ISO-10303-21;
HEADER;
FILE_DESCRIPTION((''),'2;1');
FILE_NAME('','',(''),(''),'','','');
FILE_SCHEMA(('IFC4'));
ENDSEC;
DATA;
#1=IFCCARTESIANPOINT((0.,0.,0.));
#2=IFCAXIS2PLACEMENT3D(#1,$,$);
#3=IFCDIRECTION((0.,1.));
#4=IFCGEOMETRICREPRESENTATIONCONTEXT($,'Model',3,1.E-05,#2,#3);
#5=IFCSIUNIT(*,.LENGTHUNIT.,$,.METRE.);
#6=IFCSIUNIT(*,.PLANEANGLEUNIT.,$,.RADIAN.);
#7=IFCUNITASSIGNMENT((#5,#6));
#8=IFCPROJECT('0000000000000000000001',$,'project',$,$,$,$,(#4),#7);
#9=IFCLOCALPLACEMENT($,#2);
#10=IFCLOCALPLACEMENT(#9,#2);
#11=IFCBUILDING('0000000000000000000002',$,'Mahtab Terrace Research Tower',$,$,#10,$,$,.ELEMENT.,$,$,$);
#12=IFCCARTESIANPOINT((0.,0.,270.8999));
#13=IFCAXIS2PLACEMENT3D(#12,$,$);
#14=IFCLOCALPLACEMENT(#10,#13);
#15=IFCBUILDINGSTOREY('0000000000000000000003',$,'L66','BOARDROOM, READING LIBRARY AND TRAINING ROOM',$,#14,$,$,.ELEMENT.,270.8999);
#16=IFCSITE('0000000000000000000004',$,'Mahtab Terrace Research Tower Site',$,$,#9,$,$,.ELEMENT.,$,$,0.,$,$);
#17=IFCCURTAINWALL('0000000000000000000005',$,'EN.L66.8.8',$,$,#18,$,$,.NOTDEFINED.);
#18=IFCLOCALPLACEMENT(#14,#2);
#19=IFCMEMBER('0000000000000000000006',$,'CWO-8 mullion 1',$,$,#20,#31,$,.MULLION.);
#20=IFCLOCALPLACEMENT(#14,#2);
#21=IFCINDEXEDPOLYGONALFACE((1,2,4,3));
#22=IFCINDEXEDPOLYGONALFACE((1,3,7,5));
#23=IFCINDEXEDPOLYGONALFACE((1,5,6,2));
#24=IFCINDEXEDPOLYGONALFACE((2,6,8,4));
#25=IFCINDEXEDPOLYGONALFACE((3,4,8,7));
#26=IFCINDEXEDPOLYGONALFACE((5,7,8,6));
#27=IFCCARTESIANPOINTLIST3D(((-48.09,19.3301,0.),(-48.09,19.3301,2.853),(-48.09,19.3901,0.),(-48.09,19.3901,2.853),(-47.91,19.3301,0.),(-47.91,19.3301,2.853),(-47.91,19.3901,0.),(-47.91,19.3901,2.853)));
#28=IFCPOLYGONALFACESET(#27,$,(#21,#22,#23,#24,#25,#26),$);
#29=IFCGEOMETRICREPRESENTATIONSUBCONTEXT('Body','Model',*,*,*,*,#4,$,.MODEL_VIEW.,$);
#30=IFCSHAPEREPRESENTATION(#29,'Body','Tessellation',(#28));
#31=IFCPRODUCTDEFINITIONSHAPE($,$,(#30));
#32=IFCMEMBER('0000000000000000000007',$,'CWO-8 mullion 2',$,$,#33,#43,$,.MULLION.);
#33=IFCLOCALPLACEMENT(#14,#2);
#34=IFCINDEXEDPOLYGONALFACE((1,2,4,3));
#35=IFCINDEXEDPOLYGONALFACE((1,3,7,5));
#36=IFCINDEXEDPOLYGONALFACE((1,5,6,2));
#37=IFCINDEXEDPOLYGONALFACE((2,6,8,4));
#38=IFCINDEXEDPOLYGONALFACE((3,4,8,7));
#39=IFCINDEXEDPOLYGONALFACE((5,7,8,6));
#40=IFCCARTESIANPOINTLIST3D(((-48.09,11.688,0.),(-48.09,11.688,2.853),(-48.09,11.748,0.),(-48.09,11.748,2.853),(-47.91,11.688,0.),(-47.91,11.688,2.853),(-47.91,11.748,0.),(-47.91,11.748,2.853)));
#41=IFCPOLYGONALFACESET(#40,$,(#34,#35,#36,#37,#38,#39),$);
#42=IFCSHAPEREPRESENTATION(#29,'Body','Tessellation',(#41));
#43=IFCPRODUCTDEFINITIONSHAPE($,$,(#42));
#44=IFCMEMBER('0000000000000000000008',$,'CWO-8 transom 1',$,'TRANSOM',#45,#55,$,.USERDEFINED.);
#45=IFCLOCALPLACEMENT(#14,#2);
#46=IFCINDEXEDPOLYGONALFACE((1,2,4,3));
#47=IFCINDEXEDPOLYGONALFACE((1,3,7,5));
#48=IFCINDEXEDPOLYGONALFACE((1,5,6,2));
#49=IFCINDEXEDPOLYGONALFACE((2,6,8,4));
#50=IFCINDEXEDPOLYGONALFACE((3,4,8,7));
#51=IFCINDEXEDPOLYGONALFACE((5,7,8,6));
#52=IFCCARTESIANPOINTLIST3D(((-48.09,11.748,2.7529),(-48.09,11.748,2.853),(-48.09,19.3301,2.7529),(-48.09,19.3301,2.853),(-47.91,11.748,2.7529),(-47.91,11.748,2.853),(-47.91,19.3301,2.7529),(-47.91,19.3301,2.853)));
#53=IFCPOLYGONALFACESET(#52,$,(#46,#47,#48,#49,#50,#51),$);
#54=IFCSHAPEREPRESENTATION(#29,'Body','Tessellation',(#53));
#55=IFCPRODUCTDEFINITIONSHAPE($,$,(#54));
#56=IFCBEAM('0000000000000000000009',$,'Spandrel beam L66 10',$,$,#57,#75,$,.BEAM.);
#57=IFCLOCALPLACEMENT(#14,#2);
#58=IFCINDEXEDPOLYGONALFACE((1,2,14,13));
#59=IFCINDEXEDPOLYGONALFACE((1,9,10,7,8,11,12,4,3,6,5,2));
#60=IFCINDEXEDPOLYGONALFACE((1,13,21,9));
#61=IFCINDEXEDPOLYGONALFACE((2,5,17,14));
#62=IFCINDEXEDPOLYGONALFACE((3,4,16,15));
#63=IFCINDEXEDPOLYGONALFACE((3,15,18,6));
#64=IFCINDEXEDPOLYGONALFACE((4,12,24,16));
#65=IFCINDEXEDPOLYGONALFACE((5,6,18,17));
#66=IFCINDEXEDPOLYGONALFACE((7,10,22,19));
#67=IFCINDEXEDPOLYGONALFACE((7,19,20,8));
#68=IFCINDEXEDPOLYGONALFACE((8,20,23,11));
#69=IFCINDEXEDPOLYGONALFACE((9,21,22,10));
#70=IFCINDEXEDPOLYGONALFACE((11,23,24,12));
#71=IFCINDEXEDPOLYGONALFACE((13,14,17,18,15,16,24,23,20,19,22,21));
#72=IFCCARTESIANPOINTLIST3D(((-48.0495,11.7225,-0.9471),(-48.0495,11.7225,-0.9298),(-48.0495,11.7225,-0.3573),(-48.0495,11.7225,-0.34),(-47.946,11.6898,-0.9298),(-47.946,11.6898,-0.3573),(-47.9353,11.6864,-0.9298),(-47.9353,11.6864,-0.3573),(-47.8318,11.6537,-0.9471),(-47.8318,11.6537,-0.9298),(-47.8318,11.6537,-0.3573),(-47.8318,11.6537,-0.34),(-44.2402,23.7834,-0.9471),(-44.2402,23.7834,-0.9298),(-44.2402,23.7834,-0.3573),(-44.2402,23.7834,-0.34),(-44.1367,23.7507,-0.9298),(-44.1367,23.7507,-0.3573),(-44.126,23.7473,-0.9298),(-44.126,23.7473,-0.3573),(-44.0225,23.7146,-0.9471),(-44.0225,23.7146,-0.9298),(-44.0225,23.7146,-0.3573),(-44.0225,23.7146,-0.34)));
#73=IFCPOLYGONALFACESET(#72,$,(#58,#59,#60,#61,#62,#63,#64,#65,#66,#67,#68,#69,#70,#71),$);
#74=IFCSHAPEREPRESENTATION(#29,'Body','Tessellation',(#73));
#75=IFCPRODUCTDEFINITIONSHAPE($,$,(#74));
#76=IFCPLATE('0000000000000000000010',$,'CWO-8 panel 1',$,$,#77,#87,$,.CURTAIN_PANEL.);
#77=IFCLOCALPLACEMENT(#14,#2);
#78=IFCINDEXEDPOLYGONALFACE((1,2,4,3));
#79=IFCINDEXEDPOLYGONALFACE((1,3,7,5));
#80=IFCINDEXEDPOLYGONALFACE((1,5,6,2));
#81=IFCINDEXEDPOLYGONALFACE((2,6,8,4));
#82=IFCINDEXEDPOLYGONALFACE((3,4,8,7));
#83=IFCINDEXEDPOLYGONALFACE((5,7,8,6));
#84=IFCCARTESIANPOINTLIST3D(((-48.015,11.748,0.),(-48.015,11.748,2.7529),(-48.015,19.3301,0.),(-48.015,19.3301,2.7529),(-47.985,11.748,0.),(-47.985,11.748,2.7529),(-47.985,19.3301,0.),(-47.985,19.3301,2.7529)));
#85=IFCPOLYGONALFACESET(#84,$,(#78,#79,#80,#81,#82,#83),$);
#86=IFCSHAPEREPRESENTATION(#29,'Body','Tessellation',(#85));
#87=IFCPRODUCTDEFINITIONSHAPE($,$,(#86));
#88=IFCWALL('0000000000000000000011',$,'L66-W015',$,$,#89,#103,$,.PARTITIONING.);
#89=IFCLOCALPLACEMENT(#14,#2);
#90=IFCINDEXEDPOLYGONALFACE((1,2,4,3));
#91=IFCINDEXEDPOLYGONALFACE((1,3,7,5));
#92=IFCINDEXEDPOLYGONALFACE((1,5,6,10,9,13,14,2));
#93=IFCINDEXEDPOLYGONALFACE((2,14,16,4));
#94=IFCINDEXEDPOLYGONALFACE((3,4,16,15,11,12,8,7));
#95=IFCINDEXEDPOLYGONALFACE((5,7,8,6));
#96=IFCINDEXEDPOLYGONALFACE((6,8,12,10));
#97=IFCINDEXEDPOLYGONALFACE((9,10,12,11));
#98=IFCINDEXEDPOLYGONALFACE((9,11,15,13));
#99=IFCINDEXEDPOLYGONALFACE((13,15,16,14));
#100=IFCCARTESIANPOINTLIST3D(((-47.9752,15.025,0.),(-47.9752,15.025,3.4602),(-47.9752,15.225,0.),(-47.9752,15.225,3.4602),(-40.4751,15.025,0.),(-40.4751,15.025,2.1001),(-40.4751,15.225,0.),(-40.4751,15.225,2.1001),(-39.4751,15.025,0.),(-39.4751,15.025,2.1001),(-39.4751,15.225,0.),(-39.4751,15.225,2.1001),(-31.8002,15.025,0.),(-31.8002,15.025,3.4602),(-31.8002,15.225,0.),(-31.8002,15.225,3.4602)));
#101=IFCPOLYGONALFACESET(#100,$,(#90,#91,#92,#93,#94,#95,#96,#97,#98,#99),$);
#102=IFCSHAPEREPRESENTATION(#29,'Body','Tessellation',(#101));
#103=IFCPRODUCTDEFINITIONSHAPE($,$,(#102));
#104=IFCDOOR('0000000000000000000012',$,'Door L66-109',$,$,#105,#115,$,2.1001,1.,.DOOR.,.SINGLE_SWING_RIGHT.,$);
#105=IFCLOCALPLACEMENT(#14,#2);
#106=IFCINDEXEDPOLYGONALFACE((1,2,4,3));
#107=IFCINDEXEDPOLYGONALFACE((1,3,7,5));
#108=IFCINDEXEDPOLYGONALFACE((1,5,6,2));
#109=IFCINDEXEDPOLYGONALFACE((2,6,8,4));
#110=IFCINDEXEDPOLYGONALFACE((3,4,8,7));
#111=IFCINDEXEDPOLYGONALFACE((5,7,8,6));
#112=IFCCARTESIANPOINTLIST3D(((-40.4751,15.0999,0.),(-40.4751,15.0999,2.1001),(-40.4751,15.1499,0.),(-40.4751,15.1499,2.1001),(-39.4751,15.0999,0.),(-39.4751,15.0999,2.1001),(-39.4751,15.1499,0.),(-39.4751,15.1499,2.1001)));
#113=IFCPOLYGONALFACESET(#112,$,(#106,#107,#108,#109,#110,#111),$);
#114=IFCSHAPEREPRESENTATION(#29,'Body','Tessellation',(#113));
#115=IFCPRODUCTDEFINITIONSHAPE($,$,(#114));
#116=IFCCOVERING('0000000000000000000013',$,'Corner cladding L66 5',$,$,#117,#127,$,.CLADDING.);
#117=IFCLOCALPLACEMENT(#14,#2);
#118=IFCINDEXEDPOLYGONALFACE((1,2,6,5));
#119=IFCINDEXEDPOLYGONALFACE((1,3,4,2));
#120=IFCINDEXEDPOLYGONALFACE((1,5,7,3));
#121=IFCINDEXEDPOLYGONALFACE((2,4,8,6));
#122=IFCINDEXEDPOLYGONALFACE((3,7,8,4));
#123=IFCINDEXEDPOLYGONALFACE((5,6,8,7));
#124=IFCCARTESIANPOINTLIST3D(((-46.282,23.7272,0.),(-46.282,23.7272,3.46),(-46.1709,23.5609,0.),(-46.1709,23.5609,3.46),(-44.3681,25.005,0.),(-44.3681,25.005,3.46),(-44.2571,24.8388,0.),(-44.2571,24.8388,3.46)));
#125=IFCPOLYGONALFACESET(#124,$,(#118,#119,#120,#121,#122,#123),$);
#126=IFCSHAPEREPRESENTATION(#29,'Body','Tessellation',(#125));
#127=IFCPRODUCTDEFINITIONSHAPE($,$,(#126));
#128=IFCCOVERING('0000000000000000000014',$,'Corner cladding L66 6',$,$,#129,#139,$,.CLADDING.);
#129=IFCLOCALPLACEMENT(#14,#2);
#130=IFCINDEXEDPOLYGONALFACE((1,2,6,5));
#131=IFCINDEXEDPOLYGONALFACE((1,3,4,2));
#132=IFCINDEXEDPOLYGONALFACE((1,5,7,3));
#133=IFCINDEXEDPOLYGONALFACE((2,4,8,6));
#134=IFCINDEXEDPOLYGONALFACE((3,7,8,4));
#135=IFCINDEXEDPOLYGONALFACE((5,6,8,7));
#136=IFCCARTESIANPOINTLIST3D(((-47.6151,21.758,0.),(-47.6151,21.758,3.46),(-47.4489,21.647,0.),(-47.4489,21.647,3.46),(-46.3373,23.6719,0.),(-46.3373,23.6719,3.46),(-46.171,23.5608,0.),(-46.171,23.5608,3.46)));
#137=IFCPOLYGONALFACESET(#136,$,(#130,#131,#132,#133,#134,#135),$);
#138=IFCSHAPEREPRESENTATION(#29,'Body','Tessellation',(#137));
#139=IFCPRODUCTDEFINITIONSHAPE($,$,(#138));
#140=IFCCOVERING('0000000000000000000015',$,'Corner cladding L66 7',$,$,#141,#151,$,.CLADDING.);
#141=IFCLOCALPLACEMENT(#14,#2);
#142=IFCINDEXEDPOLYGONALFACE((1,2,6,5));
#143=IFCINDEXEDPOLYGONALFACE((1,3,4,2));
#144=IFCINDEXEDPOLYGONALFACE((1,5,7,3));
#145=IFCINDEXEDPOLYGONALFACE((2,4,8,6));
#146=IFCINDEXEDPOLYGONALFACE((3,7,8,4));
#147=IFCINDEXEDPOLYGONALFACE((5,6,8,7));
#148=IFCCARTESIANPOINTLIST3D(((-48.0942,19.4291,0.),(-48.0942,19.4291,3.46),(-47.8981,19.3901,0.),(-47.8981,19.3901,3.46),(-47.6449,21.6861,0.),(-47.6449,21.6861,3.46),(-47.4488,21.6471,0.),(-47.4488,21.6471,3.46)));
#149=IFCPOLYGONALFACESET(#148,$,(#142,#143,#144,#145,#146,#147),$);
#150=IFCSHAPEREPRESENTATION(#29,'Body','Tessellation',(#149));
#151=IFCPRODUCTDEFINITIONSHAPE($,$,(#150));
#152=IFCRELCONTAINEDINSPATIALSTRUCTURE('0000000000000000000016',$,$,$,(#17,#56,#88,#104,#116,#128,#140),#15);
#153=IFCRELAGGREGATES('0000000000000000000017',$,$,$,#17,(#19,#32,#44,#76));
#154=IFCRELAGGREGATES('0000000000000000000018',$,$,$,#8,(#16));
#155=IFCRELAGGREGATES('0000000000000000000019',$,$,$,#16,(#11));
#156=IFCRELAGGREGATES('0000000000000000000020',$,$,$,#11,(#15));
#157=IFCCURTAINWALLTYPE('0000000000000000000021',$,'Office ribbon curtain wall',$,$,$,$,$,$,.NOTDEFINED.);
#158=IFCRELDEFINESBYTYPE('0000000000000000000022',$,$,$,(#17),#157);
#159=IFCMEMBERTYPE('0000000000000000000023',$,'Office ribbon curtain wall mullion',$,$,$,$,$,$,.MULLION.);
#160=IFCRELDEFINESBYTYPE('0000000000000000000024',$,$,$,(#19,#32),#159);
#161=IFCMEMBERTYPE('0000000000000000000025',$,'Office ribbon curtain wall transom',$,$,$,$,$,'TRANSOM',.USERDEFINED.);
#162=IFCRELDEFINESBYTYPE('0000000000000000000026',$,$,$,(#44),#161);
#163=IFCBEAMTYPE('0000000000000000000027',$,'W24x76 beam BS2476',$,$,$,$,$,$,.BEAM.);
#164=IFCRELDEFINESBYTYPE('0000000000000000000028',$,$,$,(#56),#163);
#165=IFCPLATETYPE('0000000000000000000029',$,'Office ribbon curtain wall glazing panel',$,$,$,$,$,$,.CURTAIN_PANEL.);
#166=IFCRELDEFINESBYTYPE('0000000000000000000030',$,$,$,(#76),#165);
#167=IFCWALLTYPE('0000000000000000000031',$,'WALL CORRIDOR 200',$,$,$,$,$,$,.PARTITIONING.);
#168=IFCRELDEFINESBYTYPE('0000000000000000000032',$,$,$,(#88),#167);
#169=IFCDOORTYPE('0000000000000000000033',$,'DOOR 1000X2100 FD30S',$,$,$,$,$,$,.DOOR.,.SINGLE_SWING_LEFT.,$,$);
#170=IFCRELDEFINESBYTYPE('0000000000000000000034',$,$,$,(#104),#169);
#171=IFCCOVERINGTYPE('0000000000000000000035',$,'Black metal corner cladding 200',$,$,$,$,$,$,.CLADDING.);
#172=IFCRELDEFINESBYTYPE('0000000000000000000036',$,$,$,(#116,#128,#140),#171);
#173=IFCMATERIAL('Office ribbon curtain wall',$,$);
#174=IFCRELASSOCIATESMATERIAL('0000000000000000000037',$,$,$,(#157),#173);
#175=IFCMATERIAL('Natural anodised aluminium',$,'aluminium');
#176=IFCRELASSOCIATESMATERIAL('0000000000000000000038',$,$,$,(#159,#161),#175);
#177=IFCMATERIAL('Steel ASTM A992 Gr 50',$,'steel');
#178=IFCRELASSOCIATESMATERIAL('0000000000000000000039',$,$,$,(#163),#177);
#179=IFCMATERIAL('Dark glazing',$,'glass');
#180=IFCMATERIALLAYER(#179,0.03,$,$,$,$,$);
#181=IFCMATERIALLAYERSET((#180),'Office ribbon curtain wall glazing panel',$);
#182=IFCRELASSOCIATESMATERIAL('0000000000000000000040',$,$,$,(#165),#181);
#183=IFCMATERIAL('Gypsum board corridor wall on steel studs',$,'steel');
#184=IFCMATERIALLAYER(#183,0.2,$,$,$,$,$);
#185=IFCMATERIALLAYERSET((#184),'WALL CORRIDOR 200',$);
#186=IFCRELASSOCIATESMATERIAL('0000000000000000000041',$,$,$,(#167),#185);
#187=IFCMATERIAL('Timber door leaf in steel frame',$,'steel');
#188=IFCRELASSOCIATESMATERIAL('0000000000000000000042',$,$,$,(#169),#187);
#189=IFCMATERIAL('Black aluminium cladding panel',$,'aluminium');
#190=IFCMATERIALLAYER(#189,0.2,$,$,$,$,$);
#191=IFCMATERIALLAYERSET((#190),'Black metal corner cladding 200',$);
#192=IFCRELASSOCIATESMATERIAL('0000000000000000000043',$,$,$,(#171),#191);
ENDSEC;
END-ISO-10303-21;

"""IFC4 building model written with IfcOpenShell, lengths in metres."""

from ifc_helpers import new_model, si_unit, direction, frame, frame_2d, origin, origin_2d, place, context, subcontext, project, spatial, rectangle, i_section, extrude, material, layer, layer_set, material_profile, profile_set, type_object, element, fill, aggregate, save


model = new_model("IFC4")

# Units and contexts
model_context = context("Model", 3, precision=1e-05, world=origin(), true_north=direction((0.0, 1.0)))
body_context = subcontext(model_context, "Body", "Model", "MODEL_VIEW")
ifc_project = project(units=[si_unit("LENGTHUNIT", "METRE"), si_unit("PLANEANGLEUNIT", "RADIAN")], contexts=[model_context])

# Site, building, storey
site_placement = place(None, origin())
site = spatial("IfcSite", under=ifc_project, at=site_placement, Name="Mahtab Terrace Research Tower Site", CompositionType="ELEMENT", RefElevation=0.0)
building_placement = place(site_placement, origin())
building = spatial("IfcBuilding", under=site, at=building_placement, Name="Mahtab Terrace Research Tower", CompositionType="ELEMENT")
storey_placement = place(building_placement, frame((0.0, 0.0, 270.8999)))
storey = spatial("IfcBuildingStorey", under=building, at=storey_placement, Name="L66", Description="BOARDROOM, READING LIBRARY AND TRAINING ROOM", CompositionType="ELEMENT", Elevation=270.8999)

# Curtain wall, members
ifc_material_1 = material(Name="Office ribbon curtain wall")
curtain_wall_type = type_object("IfcCurtainWallType", Name="Office ribbon curtain wall", PredefinedType="NOTDEFINED", material=ifc_material_1)
curtain_wall_placement = place(storey_placement, origin())
curtain_wall = element("IfcCurtainWall", 1, at=curtain_wall_placement, inside=storey, type_object=curtain_wall_type, Name="EN.L66.8.8", PredefinedType="NOTDEFINED")
ifc_material_2 = material(Name="Natural anodised aluminium", Category="aluminium")
ifc_material_profile_1 = material_profile(ifc_material_2, rectangle(XDim=0.1799, YDim=0.0601, at=origin_2d()), Name="MULLION 60x180")
ifc_profile_set_1 = profile_set([ifc_material_profile_1], Name="Natural anodised aluminium")
member_type_1 = type_object("IfcMemberType", Name="Office ribbon curtain wall mullion", PredefinedType="MULLION", material=ifc_profile_set_1)
member_1_placement = place(storey_placement, frame((-48.0, 19.3601, 0.0), z_axis=(0.0, 0.0, 1.0), x_axis=(1.0, 0.0, 0.0)))
member_1 = element("IfcMember", 2, at=member_1_placement, type_object=member_type_1, Name="CWO-8 mullion 1", PredefinedType="MULLION", context=body_context, shape_type="SweptSolid", body=[
    extrude(rectangle(XDim=0.1799, YDim=0.0601, at=origin_2d()), origin(), (0.0, 0.0, 1.0), 2.853),
])
member_2_placement = place(storey_placement, frame((-48.0, 11.718, 0.0), z_axis=(0.0, 0.0, 1.0), x_axis=(1.0, 0.0, 0.0)))
member_2 = element("IfcMember", 3, at=member_2_placement, type_object=member_type_1, Name="CWO-8 mullion 2", PredefinedType="MULLION", context=body_context, shape_type="SweptSolid", body=[
    extrude(rectangle(XDim=0.1799, YDim=0.0601, at=origin_2d()), origin(), (0.0, 0.0, 1.0), 2.853),
])
ifc_material_profile_2 = material_profile(ifc_material_2, rectangle(XDim=0.1799, YDim=0.1001, at=origin_2d()), Name="TRANSOM 100x180")
ifc_profile_set_2 = profile_set([ifc_material_profile_2], Name="Natural anodised aluminium")
member_type_2 = type_object("IfcMemberType", Name="Office ribbon curtain wall transom", ElementType="TRANSOM", PredefinedType="USERDEFINED", material=ifc_profile_set_2)
member_3_placement = place(storey_placement, frame((-48.0, 19.3301, 2.803), z_axis=(0.0, -1.0, 0.0), x_axis=(1.0, 0.0, 0.0)))
member_3 = element("IfcMember", 4, at=member_3_placement, type_object=member_type_2, Name="CWO-8 transom 1", ObjectType="TRANSOM", PredefinedType="USERDEFINED", context=body_context, shape_type="SweptSolid", body=[
    extrude(rectangle(XDim=0.1799, YDim=0.1001, at=origin_2d()), origin(), (0.0, 0.0, 1.0), 7.582),
])

# Beam
ifc_material_3 = material(Name="Steel ASTM A992 Gr 50", Category="steel")
ifc_material_profile_3 = material_profile(ifc_material_3, i_section(OverallWidth=0.2283, OverallDepth=0.6072, WebThickness=0.0112, FlangeThickness=0.0173, at=origin_2d()), Name="W24X76")
ifc_profile_set_3 = profile_set([ifc_material_profile_3], Name="Steel ASTM A992 Gr 50")
beam_type = type_object("IfcBeamType", Name="W24x76 beam BS2476", PredefinedType="BEAM", material=ifc_profile_set_3)
beam_placement = place(storey_placement, frame((-44.1313, 23.749, -0.6436), z_axis=(-0.301173, -0.95357, 0.0), x_axis=(0.95357, -0.301173, 0.0)))
element("IfcBeam", 5, at=beam_placement, inside=storey, type_object=beam_type, Name="Spandrel beam L66 10", PredefinedType="BEAM", context=body_context, shape_type="SweptSolid", body=[
    extrude(i_section(OverallWidth=0.2283, OverallDepth=0.6072, WebThickness=0.0112, FlangeThickness=0.0173, at=origin_2d()), origin(), (0.0, 0.0, 1.0), 12.6482),
])

# Plate
ifc_material_4 = material(Name="Dark glazing", Category="glass")
ifc_layer_1 = layer(ifc_material_4, 0.03)
ifc_layer_set_1 = layer_set([ifc_layer_1], Name="Office ribbon curtain wall glazing panel")
plate_type = type_object("IfcPlateType", Name="Office ribbon curtain wall glazing panel", PredefinedType="CURTAIN_PANEL", material=ifc_layer_set_1)
plate_placement = place(storey_placement, frame((-48.0, 15.5391, 0.0), z_axis=(0.0, 0.0, 1.0), x_axis=(0.0, -1.0, 0.0)))
plate = element("IfcPlate", 6, at=plate_placement, type_object=plate_type, Name="CWO-8 panel 1", PredefinedType="CURTAIN_PANEL", context=body_context, shape_type="SweptSolid", body=[
    extrude(rectangle(XDim=7.582, YDim=0.03, at=origin_2d()), origin(), (0.0, 0.0, 1.0), 2.7529),
])
aggregate(curtain_wall, [member_1, member_2, member_3, plate])

# Wall, opening, door
ifc_material_5 = material(Name="Gypsum board corridor wall on steel studs", Category="steel")
ifc_layer_2 = layer(ifc_material_5, 0.2)
ifc_layer_set_2 = layer_set([ifc_layer_2], Name="WALL CORRIDOR 200")
wall_type = type_object("IfcWallType", Name="WALL CORRIDOR 200", PredefinedType="PARTITIONING", material=ifc_layer_set_2)
wall_1_placement = place(storey_placement, frame((-47.9751, 15.125, 0.0), z_axis=(0.0, 0.0, 1.0), x_axis=(1.0, 0.0, 0.0)))
wall_1 = element("IfcWall", 7, at=wall_1_placement, inside=storey, type_object=wall_type, Name="L66-W015", PredefinedType="PARTITIONING", context=body_context, shape_type="SweptSolid", body=[
    extrude(rectangle(XDim=16.175, YDim=0.2, at=frame_2d((8.0874, 0.0))), origin(), (0.0, 0.0, 1.0), 3.4602),
])
opening_1_placement = place(wall_1_placement, frame((7.5, 0.0, 0.0)))
opening_1 = element("IfcOpeningElement", 8, at=opening_1_placement, cuts=wall_1, PredefinedType="OPENING", context=body_context, shape_type="SweptSolid", body=[
    extrude(rectangle(XDim=1.0, YDim=2.1001, at=frame_2d((0.5, 1.05))), frame((0.0, 0.1099, 0.0), z_axis=(0.0, -1.0, 0.0), x_axis=(1.0, 0.0, 0.0)), (0.0, 0.0, 1.0), 0.22),
])
ifc_material_6 = material(Name="Timber door leaf in steel frame", Category="steel")
door_type_1 = type_object("IfcDoorType", Name="DOOR 1000X2100 FD30S", OperationType="SINGLE_SWING_LEFT", PredefinedType="DOOR", material=ifc_material_6)
door_1_placement = place(opening_1_placement, origin())
door_1 = element("IfcDoor", 9, at=door_1_placement, inside=storey, type_object=door_type_1, Name="Door L66-109", OperationType="SINGLE_SWING_RIGHT", OverallHeight=2.1001, OverallWidth=1.0, PredefinedType="DOOR", context=body_context, shape_type="SweptSolid", body=[
    extrude(rectangle(XDim=1.0, YDim=2.1001, at=frame_2d((0.5, 1.05))), frame((0.0, 0.0249, 0.0), z_axis=(0.0, -1.0, 0.0), x_axis=(1.0, 0.0, 0.0)), (0.0, 0.0, 1.0), 0.05),
])
fill(opening_1, door_1)

# Coverings
ifc_material_7 = material(Name="Black aluminium cladding panel", Category="aluminium")
ifc_layer_3 = layer(ifc_material_7, 0.2)
ifc_layer_set_3 = layer_set([ifc_layer_3], Name="Black metal corner cladding 200")
covering_type = type_object("IfcCoveringType", Name="Black metal corner cladding 200", PredefinedType="CLADDING", material=ifc_layer_set_3)
for number, where, z_axis, x_axis, name in (
    (10, (-45.2695, 24.283, 0.0), (0.0, 0.0, 1.0), (-0.831656, -0.555291, 0.0), "Corner cladding L66 5"),
    (11, (-46.8931, 22.6594, 0.0), (0.0, 0.0, 1.0), (-0.555291, -0.831656, 0.0), "Corner cladding L66 6"),
    (12, (-47.7715, 20.5381, 0.0), (0.0, 0.0, 1.0), (-0.195212, -0.980761, 0.0), "Corner cladding L66 7"),
):
    element("IfcCovering", number, at=place(storey_placement, frame(where, z_axis=z_axis, x_axis=x_axis)), inside=storey, type_object=covering_type, Name=name, PredefinedType="CLADDING", context=body_context, shape_type="SweptSolid", body=[
        extrude(rectangle(XDim=2.3013, YDim=0.2, at=origin_2d()), origin(), (0.0, 0.0, 1.0), 3.46),
    ])

save(model, "model.ifc")
